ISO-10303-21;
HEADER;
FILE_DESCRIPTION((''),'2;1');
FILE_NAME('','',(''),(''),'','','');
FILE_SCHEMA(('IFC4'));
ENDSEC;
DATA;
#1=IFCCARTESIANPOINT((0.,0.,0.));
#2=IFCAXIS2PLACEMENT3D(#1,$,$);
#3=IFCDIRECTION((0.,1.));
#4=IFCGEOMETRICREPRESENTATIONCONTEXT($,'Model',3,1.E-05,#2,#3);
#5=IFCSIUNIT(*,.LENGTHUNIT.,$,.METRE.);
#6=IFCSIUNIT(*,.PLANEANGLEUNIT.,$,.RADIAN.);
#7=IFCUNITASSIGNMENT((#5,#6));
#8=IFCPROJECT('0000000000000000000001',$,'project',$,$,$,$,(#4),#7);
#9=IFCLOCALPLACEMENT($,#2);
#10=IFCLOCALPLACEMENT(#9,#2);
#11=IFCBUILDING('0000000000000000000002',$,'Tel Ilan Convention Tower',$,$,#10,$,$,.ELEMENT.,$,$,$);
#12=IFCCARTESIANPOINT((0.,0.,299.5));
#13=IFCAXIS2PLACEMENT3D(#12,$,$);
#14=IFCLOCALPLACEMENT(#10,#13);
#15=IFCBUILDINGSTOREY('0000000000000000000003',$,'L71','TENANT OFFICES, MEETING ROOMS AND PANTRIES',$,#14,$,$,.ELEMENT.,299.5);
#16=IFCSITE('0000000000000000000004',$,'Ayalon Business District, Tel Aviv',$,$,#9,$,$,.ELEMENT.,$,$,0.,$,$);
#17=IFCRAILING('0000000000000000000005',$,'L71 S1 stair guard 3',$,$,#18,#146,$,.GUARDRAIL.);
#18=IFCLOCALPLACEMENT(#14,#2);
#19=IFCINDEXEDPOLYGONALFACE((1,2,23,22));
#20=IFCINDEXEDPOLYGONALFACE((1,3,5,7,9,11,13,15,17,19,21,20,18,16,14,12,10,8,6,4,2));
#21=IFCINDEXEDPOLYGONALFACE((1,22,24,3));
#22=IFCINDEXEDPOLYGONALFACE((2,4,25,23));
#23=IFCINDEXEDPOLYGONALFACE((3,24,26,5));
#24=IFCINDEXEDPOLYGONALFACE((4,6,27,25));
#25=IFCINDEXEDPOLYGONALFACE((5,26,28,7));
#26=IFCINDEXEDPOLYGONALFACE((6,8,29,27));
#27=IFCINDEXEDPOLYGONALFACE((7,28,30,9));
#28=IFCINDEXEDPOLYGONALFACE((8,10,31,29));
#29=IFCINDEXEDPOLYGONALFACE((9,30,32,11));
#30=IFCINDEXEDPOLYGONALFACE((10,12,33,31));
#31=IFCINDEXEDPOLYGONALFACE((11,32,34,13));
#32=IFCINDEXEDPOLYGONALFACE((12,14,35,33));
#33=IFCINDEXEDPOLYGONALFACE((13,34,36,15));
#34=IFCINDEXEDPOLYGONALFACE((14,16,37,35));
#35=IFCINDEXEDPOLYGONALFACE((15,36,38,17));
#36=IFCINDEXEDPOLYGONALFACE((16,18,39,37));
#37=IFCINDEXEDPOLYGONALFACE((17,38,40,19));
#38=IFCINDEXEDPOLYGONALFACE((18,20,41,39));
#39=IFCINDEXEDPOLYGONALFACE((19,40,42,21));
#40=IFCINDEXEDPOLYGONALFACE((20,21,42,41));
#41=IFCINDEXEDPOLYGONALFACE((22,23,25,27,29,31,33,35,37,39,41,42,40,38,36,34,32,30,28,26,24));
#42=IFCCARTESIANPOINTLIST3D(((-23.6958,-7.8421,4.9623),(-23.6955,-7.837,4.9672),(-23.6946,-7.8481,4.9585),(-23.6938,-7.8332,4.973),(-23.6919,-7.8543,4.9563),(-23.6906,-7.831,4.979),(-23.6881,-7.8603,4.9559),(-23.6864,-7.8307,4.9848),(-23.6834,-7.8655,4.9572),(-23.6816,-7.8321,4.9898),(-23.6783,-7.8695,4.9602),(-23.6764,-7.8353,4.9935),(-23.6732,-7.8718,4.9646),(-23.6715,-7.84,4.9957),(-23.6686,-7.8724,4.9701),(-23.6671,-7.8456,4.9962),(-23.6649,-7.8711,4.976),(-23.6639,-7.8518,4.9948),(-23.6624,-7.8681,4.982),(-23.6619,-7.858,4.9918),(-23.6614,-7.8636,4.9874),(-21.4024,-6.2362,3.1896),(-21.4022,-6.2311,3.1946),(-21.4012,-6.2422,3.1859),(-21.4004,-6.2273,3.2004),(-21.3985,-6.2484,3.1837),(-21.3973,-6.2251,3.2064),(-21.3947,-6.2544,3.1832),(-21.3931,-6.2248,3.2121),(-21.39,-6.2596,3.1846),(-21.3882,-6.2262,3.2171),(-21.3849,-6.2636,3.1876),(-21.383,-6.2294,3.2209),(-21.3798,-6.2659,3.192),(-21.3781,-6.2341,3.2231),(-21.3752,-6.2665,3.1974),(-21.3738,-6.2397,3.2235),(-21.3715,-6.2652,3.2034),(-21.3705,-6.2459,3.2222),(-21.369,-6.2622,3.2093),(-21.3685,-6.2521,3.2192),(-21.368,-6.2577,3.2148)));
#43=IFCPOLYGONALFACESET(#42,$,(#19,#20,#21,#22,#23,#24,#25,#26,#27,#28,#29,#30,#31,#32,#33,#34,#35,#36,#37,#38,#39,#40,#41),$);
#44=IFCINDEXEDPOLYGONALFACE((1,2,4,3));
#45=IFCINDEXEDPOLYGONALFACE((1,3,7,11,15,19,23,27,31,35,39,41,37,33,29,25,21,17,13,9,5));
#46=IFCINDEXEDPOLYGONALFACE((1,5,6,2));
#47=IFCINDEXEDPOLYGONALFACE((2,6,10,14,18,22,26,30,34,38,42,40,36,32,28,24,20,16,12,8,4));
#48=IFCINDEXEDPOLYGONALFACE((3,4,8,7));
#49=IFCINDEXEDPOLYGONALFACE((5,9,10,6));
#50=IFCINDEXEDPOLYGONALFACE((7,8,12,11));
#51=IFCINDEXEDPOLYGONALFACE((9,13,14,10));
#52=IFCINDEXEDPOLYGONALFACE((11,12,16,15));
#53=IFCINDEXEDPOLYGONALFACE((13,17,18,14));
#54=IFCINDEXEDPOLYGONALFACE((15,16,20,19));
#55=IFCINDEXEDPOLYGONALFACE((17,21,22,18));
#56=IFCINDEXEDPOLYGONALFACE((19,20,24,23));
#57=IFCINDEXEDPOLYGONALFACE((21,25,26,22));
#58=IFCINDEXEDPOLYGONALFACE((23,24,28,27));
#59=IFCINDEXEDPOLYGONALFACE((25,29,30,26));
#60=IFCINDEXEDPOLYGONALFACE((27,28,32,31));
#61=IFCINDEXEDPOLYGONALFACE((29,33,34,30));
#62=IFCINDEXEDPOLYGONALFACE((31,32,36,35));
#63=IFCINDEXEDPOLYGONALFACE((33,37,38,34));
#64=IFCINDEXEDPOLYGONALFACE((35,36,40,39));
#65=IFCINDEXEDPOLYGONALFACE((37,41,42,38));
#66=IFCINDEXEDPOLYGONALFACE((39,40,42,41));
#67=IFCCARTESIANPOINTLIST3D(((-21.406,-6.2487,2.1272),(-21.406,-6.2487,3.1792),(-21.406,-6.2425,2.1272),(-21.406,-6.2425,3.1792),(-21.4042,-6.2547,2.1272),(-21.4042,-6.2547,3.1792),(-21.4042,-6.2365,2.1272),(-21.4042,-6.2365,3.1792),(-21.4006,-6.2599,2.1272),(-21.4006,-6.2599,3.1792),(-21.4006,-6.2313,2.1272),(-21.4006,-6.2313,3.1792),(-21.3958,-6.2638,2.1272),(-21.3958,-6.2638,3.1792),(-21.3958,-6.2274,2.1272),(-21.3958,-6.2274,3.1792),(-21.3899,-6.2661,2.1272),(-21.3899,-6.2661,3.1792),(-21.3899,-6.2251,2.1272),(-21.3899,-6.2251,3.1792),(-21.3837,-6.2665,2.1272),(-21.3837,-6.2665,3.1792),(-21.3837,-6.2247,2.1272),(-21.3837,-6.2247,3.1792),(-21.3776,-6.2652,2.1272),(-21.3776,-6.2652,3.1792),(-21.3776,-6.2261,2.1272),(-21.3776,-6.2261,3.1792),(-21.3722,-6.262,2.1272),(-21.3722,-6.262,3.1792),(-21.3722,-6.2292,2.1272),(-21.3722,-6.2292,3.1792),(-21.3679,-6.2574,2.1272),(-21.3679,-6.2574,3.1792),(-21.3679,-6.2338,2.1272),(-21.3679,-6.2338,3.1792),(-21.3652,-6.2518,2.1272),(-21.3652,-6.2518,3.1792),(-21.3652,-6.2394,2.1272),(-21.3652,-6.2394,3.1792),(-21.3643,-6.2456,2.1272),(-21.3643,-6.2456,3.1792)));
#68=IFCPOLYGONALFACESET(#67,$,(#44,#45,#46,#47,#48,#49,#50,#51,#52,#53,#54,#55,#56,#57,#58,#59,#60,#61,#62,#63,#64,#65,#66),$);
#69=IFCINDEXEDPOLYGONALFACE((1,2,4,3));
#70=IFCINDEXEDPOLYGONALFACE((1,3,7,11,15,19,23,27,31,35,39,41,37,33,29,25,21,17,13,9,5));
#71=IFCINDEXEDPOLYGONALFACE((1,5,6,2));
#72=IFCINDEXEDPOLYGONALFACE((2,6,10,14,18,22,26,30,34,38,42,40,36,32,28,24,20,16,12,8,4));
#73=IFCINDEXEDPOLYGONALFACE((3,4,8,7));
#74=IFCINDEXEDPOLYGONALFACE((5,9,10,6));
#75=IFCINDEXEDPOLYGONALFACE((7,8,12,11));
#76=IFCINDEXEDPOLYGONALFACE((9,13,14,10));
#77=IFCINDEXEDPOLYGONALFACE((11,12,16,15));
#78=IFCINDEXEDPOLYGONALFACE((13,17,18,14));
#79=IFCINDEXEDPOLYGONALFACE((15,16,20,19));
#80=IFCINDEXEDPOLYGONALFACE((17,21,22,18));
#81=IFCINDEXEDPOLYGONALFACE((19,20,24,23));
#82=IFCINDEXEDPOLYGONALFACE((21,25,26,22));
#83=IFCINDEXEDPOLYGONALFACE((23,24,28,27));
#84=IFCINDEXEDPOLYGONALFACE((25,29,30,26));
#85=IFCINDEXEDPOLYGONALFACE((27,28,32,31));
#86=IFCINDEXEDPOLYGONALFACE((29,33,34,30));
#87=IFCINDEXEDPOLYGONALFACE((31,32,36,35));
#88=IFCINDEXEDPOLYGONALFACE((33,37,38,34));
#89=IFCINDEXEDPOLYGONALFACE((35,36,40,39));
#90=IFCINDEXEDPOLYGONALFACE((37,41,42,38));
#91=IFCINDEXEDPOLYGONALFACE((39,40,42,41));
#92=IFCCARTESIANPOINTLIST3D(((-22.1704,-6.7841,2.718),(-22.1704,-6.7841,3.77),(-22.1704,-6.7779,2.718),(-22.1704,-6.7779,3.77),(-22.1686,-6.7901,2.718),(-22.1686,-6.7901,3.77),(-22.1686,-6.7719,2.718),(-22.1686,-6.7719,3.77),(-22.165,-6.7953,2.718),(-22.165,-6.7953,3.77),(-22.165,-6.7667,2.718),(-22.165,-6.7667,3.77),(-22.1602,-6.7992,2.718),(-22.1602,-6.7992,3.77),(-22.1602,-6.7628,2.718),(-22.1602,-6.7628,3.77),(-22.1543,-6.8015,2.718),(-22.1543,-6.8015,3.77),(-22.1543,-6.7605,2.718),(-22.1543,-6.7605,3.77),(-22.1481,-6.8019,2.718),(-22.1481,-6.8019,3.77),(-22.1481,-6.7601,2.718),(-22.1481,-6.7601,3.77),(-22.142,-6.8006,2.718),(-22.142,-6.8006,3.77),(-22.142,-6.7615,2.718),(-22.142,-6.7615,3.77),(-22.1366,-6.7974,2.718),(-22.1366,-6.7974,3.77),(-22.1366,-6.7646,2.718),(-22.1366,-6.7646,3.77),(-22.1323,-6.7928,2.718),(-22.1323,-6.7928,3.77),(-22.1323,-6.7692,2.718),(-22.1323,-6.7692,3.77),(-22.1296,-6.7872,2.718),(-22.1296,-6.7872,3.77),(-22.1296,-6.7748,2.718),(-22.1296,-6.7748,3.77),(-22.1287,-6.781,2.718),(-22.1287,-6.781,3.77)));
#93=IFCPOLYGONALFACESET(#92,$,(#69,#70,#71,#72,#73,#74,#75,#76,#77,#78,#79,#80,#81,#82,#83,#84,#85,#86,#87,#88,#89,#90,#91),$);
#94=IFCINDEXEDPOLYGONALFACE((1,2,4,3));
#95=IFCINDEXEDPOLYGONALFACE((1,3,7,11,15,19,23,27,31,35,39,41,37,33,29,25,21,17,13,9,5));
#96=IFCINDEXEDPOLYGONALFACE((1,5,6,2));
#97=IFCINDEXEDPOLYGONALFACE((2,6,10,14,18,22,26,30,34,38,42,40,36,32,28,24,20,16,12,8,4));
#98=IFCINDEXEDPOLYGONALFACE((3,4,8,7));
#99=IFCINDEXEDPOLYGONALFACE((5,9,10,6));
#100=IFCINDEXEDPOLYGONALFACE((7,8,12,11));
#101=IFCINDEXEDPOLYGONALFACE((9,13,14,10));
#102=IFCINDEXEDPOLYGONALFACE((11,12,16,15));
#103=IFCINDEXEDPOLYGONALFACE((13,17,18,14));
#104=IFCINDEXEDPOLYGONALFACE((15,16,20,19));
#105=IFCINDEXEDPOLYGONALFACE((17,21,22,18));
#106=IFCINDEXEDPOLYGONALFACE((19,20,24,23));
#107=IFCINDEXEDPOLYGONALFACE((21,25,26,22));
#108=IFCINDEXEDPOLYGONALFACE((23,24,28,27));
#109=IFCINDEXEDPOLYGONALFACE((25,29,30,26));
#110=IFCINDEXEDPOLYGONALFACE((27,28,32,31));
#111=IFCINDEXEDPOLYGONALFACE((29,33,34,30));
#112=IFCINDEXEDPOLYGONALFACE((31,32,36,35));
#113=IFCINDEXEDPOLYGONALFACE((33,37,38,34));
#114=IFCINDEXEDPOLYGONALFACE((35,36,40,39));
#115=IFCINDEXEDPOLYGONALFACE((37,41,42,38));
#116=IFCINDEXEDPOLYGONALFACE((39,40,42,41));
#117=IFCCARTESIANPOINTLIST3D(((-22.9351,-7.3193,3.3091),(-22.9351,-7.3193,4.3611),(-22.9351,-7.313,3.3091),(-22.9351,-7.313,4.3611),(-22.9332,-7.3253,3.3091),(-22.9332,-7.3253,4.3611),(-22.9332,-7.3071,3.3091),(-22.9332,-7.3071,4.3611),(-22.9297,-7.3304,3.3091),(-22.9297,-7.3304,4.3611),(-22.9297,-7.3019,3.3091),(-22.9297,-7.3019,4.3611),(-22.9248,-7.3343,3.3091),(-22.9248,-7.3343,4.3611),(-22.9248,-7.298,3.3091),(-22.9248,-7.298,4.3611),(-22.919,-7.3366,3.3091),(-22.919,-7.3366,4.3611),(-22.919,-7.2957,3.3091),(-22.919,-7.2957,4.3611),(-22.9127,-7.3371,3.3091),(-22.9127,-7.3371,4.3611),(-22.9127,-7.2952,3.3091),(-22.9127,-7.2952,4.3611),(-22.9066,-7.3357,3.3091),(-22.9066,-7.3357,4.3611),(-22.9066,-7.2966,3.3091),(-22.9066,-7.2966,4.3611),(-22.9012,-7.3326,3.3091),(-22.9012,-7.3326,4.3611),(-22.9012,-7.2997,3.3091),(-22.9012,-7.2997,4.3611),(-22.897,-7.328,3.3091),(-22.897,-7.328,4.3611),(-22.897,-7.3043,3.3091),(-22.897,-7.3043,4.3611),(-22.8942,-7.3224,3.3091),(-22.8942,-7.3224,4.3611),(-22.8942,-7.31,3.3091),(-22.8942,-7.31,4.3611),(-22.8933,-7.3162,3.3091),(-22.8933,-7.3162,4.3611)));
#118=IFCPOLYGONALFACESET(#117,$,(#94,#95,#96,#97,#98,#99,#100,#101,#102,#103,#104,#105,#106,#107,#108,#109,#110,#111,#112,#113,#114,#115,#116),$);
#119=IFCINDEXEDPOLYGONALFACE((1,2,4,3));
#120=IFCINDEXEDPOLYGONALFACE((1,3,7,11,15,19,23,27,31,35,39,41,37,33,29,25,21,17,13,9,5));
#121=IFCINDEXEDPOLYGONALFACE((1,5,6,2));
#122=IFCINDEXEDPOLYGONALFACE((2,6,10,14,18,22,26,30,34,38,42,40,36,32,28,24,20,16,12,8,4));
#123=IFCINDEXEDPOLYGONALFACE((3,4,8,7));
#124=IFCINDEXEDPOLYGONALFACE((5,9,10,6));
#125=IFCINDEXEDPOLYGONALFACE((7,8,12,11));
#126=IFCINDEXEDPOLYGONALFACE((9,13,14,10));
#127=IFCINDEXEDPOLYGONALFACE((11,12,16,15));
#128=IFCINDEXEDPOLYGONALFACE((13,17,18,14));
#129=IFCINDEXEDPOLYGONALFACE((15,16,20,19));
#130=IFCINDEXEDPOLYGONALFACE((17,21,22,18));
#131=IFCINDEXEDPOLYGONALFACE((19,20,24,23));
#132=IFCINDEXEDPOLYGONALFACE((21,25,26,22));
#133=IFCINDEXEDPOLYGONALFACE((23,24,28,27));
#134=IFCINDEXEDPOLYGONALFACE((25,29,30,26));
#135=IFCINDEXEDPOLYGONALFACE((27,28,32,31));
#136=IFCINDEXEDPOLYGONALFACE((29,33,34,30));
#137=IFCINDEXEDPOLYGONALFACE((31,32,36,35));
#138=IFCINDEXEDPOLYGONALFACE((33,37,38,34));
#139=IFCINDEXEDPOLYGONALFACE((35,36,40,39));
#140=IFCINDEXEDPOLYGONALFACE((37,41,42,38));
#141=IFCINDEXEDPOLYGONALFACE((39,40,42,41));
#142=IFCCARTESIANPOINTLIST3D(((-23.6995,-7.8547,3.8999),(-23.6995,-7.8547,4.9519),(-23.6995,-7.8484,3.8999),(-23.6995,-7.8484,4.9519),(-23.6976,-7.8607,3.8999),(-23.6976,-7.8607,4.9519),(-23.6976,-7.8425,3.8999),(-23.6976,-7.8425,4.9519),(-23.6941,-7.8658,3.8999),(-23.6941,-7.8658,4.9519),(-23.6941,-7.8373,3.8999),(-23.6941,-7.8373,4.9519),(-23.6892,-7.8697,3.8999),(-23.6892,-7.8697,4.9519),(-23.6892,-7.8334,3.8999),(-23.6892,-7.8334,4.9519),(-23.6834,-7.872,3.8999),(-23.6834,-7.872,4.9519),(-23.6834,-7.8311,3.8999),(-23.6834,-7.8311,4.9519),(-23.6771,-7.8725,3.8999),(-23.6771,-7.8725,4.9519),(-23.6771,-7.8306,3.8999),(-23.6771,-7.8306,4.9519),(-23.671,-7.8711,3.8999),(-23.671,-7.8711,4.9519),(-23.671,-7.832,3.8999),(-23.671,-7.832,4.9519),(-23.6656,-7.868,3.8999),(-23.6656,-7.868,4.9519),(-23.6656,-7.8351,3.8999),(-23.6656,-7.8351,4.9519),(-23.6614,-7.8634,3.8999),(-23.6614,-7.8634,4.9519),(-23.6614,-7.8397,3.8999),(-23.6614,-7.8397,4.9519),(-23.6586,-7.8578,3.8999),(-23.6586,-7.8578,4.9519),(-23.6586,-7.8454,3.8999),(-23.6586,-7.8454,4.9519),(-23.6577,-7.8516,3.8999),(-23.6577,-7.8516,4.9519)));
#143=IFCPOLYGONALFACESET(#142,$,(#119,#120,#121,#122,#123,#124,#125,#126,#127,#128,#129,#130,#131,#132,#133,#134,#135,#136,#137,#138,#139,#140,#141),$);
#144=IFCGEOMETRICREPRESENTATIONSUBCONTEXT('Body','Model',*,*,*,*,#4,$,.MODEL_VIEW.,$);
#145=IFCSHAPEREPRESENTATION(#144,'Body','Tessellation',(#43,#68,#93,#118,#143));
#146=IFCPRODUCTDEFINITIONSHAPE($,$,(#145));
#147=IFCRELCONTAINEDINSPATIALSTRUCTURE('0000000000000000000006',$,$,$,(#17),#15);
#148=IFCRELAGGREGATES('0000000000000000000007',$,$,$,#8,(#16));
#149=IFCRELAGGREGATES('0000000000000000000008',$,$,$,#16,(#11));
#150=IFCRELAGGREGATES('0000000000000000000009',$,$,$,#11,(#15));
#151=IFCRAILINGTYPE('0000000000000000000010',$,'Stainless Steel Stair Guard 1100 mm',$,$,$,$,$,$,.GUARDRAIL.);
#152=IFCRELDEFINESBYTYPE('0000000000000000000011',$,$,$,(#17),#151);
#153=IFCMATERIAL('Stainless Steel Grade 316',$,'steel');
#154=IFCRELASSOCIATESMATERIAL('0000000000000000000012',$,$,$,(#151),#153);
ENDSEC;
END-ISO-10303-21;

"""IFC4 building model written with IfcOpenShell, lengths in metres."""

from ifc_helpers import new_model, si_unit, direction, frame, origin, origin_2d, place, context, subcontext, project, spatial, circle, extrude, material, type_object, element, save


model = new_model("IFC4")

# Units and contexts
model_context = context("Model", 3, precision=1e-05, world=origin(), true_north=direction((0.0, 1.0)))
body_context = subcontext(model_context, "Body", "Model", "MODEL_VIEW")
ifc_project = project(units=[si_unit("LENGTHUNIT", "METRE"), si_unit("PLANEANGLEUNIT", "RADIAN")], contexts=[model_context])

# Site, building, storey
site_placement = place(None, origin())
site = spatial("IfcSite", under=ifc_project, at=site_placement, Name="Ayalon Business District, Tel Aviv", CompositionType="ELEMENT", RefElevation=0.0)
building_placement = place(site_placement, origin())
building = spatial("IfcBuilding", under=site, at=building_placement, Name="Tel Ilan Convention Tower", CompositionType="ELEMENT")
storey_placement = place(building_placement, frame((0.0, 0.0, 299.5)))
storey = spatial("IfcBuildingStorey", under=building, at=storey_placement, Name="L71", Description="TENANT OFFICES, MEETING ROOMS AND PANTRIES", CompositionType="ELEMENT", Elevation=299.5)

# Railing
ifc_material_1 = material(Name="Stainless Steel Grade 316", Category="steel")
railing_type_1 = type_object("IfcRailingType", Name="Stainless Steel Stair Guard 1100 mm", PredefinedType="GUARDRAIL", material=ifc_material_1)
railing_1_placement = place(storey_placement, frame((-21.3853, -6.2456, 2.1272)))
element("IfcRailing", 1, at=railing_1_placement, inside=storey, type_object=railing_type_1, Name="L71 S1 stair guard 3", PredefinedType="GUARDRAIL", context=body_context, shape_type="SweptSolid", body=[
    extrude(circle(Radius=0.0239, at=origin_2d()), frame((0.0, 0.0, 1.0762), z_axis=(-0.692085, -0.484621, 0.53494), x_axis=(0.573591, -0.819142, 0.0)), (0.0, 0.0, 1.0), 3.3137),
    extrude(circle(Radius=0.021, at=origin_2d()), origin(), (0.0, 0.0, 1.0), 1.052),
    extrude(circle(Radius=0.021, at=origin_2d()), frame((-0.7644, -0.5354, 0.5908)), (0.0, 0.0, 1.0), 1.052),
    extrude(circle(Radius=0.021, at=origin_2d()), frame((-1.5291, -1.0706, 1.1819)), (0.0, 0.0, 1.0), 1.052),
    extrude(circle(Radius=0.021, at=origin_2d()), frame((-2.2935, -1.606, 1.7727)), (0.0, 0.0, 1.0), 1.052),
])

save(model, "model.ifc")
